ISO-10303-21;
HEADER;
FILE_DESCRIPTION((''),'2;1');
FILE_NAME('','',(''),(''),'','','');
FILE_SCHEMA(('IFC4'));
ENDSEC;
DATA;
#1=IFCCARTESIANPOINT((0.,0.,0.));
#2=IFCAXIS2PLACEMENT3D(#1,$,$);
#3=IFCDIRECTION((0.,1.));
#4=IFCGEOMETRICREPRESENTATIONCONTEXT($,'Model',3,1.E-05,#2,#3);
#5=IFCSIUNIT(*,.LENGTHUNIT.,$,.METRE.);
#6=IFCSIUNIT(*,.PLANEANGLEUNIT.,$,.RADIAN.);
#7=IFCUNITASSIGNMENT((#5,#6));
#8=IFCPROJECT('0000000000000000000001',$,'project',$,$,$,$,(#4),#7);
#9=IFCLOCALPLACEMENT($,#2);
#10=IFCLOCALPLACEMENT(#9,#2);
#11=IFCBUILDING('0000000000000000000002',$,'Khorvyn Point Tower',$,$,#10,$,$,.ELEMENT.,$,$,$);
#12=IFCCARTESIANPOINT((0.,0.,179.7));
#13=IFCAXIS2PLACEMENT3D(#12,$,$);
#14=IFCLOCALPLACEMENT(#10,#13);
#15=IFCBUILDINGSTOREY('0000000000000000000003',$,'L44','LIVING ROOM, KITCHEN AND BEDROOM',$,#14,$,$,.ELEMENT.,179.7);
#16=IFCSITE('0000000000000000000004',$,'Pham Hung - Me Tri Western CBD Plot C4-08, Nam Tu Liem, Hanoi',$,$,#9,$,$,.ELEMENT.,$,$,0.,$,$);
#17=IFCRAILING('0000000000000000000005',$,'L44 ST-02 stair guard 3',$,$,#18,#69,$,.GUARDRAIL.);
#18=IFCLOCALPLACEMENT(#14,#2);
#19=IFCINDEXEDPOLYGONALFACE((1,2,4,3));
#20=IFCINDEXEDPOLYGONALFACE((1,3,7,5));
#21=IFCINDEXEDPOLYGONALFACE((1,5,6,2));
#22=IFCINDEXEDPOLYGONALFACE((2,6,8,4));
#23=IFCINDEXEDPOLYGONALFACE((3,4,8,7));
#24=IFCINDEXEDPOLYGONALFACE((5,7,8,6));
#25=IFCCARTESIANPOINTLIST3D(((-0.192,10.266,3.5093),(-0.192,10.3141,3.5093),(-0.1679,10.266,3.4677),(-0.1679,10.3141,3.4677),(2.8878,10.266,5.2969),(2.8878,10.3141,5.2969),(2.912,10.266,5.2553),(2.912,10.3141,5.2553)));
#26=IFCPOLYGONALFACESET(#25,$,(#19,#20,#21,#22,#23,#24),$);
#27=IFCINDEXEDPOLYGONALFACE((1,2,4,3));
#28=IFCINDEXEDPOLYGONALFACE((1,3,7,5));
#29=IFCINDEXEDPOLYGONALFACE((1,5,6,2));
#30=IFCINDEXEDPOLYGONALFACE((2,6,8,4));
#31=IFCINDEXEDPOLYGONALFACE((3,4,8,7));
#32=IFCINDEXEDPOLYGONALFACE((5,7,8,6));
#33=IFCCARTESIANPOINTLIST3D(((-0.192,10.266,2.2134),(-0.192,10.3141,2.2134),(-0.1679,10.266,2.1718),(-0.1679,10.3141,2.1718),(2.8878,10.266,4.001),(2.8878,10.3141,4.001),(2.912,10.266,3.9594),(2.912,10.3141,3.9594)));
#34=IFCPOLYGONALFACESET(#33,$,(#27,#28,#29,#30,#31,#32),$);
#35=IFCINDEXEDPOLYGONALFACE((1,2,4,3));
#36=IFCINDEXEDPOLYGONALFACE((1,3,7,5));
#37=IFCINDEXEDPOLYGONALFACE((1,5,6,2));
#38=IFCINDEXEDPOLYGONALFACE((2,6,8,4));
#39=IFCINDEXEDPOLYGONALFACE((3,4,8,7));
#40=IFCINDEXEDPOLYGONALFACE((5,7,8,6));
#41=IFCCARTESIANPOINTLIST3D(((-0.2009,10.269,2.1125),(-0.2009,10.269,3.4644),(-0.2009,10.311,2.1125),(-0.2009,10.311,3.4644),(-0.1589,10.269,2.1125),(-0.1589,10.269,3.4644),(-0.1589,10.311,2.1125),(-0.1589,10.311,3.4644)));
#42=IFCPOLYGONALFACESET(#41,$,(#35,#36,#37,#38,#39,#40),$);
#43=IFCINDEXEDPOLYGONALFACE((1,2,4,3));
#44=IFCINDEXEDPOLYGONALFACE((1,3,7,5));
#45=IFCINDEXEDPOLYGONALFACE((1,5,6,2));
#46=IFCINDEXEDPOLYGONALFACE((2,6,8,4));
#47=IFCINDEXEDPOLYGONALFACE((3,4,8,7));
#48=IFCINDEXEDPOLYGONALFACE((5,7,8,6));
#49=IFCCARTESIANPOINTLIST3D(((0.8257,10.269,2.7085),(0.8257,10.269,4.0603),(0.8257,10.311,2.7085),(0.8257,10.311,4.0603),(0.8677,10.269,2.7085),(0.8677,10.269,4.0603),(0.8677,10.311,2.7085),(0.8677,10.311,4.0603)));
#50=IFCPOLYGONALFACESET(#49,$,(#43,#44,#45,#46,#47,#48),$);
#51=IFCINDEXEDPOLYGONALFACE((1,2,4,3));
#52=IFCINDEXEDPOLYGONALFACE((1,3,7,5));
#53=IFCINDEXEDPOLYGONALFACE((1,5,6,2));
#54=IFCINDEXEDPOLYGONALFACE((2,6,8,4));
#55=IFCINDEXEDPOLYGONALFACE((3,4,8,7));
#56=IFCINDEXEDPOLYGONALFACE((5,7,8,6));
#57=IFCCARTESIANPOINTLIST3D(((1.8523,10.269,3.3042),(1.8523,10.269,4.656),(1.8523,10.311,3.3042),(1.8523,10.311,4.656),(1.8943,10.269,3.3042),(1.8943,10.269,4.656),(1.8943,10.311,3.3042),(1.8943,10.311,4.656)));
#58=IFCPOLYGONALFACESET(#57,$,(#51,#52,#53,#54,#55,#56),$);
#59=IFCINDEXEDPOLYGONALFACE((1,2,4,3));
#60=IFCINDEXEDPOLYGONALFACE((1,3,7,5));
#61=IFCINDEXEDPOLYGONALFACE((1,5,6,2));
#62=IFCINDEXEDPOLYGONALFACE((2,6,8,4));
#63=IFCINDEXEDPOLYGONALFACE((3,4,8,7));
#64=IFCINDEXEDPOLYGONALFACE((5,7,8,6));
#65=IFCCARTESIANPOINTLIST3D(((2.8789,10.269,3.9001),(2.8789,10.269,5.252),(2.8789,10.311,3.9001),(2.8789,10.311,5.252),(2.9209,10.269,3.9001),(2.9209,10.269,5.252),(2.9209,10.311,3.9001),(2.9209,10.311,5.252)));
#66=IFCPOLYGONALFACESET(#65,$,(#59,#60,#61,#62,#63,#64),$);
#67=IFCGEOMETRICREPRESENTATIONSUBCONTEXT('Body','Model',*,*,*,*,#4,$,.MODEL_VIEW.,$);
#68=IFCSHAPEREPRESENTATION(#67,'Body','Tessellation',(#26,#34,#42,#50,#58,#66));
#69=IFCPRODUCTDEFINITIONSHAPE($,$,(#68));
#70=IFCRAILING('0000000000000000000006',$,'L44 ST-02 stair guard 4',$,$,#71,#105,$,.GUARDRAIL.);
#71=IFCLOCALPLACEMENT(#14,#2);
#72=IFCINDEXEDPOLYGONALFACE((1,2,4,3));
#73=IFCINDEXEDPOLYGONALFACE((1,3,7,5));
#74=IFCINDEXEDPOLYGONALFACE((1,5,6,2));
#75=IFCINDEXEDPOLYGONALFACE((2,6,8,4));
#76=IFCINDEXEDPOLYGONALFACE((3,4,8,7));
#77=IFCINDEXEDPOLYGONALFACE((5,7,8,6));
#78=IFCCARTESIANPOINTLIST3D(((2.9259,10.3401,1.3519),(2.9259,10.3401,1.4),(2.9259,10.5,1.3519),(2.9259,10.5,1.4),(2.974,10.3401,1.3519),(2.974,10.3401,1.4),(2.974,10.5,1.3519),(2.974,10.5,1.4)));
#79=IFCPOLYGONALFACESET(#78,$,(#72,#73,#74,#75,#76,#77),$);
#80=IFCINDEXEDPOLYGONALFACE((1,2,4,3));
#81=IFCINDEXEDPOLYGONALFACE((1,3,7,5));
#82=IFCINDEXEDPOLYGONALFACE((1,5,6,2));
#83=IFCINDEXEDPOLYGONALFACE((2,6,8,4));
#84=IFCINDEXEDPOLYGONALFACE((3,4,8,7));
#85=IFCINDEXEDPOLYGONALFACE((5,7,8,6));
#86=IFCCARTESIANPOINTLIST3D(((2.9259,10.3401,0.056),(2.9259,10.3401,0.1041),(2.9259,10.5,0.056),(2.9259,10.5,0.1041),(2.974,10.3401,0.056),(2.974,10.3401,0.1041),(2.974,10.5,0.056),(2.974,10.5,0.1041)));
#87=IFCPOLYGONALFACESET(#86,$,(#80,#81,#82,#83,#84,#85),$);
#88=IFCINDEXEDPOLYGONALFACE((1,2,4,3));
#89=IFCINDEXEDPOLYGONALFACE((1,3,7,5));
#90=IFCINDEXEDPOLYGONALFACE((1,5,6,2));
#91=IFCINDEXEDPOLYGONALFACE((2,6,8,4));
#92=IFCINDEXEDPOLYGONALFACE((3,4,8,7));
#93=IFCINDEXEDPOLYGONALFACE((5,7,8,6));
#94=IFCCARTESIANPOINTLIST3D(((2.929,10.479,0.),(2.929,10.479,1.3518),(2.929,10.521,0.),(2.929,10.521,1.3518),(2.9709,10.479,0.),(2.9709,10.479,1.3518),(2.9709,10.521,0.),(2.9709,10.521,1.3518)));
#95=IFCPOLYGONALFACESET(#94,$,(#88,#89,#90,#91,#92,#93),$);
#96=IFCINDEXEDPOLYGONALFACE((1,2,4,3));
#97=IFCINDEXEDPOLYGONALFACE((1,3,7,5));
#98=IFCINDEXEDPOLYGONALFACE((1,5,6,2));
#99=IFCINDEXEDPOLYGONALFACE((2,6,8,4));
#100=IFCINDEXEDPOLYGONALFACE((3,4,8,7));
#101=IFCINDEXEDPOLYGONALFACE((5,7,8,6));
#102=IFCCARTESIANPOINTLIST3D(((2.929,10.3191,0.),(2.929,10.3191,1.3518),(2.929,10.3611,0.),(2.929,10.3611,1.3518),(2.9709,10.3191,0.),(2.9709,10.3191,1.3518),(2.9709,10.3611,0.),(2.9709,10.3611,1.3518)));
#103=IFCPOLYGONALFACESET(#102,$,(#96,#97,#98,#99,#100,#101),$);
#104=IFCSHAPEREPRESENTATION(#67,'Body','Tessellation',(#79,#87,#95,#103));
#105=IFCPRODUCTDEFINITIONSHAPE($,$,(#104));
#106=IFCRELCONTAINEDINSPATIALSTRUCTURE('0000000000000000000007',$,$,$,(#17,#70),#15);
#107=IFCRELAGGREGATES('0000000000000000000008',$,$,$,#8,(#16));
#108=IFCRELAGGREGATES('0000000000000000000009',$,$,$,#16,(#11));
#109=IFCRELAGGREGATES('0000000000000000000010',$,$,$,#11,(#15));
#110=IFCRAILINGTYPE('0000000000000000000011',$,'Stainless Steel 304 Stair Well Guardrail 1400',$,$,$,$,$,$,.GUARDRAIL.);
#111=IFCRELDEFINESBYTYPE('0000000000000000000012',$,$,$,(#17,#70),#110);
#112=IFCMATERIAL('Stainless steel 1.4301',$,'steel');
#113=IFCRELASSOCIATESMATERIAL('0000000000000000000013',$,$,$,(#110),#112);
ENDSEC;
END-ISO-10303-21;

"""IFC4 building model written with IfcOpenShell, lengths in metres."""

from ifc_helpers import new_model, si_unit, direction, frame, origin, origin_2d, place, context, subcontext, project, spatial, rectangle, extrude, material, type_object, element, save


model = new_model("IFC4")

# Units and contexts
model_context = context("Model", 3, precision=1e-05, world=origin(), true_north=direction((0.0, 1.0)))
body_context = subcontext(model_context, "Body", "Model", "MODEL_VIEW")
ifc_project = project(units=[si_unit("LENGTHUNIT", "METRE"), si_unit("PLANEANGLEUNIT", "RADIAN")], contexts=[model_context])

# Site, building, storey
site_placement = place(None, origin())
site = spatial("IfcSite", under=ifc_project, at=site_placement, Name="Pham Hung - Me Tri Western CBD Plot C4-08, Nam Tu Liem, Hanoi", CompositionType="ELEMENT", RefElevation=0.0)
building_placement = place(site_placement, origin())
building = spatial("IfcBuilding", under=site, at=building_placement, Name="Khorvyn Point Tower", CompositionType="ELEMENT")
storey_placement = place(building_placement, frame((0.0, 0.0, 179.7)))
storey = spatial("IfcBuildingStorey", under=building, at=storey_placement, Name="L44", Description="LIVING ROOM, KITCHEN AND BEDROOM", CompositionType="ELEMENT", Elevation=179.7)

# Shared definitions
ifc_material_1 = material(Name="Stainless steel 1.4301", Category="steel")

# Railings
railing_type_1 = type_object("IfcRailingType", Name="Stainless Steel 304 Stair Well Guardrail 1400", PredefinedType="GUARDRAIL", material=ifc_material_1)
railing_1_placement = place(storey_placement, frame((-0.1799, 10.29, 2.1125)))
element("IfcRailing", 1, at=railing_1_placement, inside=storey, type_object=railing_type_1, Name="L44 ST-02 stair guard 3", PredefinedType="GUARDRAIL", context=body_context, shape_type="SweptSolid", body=[
    extrude(rectangle(XDim=0.0481, YDim=0.0481, at=origin_2d()), frame((0.0, 0.0, 1.376), z_axis=(0.864873, 0.0, 0.50199), x_axis=(0.0, 1.0, 0.0)), (0.0, 0.0, 1.0), 3.561),
    extrude(rectangle(XDim=0.0481, YDim=0.0481, at=origin_2d()), frame((0.0, 0.0, 0.0801), z_axis=(0.864873, 0.0, 0.50199), x_axis=(0.0, 1.0, 0.0)), (0.0, 0.0, 1.0), 3.561),
    extrude(rectangle(XDim=0.042, YDim=0.042, at=origin_2d()), origin(), (0.0, 0.0, 1.0), 1.3518),
    extrude(rectangle(XDim=0.042, YDim=0.042, at=origin_2d()), frame((1.0266, 0.0, 0.5959)), (0.0, 0.0, 1.0), 1.3518),
    extrude(rectangle(XDim=0.042, YDim=0.042, at=origin_2d()), frame((2.0532, 0.0, 1.1917)), (0.0, 0.0, 1.0), 1.3518),
    extrude(rectangle(XDim=0.042, YDim=0.042, at=origin_2d()), frame((3.0798, 0.0, 1.7876)), (0.0, 0.0, 1.0), 1.3518),
])
railing_2_placement = place(storey_placement, frame((2.95, 10.5, 0.0)))
element("IfcRailing", 2, at=railing_2_placement, inside=storey, type_object=railing_type_1, Name="L44 ST-02 stair guard 4", PredefinedType="GUARDRAIL", context=body_context, shape_type="SweptSolid", body=[
    extrude(rectangle(XDim=0.0481, YDim=0.0481, at=origin_2d()), frame((0.0, 0.0, 1.376), z_axis=(0.0, -1.0, 0.0), x_axis=(1.0, 0.0, 0.0)), (0.0, 0.0, 1.0), 0.1599),
    extrude(rectangle(XDim=0.0481, YDim=0.0481, at=origin_2d()), frame((0.0, 0.0, 0.0801), z_axis=(0.0, -1.0, 0.0), x_axis=(1.0, 0.0, 0.0)), (0.0, 0.0, 1.0), 0.1599),
    extrude(rectangle(XDim=0.042, YDim=0.042, at=origin_2d()), origin(), (0.0, 0.0, 1.0), 1.3518),
    extrude(rectangle(XDim=0.042, YDim=0.042, at=origin_2d()), frame((0.0, -0.1599, 0.0)), (0.0, 0.0, 1.0), 1.3518),
])

save(model, "model.ifc")
